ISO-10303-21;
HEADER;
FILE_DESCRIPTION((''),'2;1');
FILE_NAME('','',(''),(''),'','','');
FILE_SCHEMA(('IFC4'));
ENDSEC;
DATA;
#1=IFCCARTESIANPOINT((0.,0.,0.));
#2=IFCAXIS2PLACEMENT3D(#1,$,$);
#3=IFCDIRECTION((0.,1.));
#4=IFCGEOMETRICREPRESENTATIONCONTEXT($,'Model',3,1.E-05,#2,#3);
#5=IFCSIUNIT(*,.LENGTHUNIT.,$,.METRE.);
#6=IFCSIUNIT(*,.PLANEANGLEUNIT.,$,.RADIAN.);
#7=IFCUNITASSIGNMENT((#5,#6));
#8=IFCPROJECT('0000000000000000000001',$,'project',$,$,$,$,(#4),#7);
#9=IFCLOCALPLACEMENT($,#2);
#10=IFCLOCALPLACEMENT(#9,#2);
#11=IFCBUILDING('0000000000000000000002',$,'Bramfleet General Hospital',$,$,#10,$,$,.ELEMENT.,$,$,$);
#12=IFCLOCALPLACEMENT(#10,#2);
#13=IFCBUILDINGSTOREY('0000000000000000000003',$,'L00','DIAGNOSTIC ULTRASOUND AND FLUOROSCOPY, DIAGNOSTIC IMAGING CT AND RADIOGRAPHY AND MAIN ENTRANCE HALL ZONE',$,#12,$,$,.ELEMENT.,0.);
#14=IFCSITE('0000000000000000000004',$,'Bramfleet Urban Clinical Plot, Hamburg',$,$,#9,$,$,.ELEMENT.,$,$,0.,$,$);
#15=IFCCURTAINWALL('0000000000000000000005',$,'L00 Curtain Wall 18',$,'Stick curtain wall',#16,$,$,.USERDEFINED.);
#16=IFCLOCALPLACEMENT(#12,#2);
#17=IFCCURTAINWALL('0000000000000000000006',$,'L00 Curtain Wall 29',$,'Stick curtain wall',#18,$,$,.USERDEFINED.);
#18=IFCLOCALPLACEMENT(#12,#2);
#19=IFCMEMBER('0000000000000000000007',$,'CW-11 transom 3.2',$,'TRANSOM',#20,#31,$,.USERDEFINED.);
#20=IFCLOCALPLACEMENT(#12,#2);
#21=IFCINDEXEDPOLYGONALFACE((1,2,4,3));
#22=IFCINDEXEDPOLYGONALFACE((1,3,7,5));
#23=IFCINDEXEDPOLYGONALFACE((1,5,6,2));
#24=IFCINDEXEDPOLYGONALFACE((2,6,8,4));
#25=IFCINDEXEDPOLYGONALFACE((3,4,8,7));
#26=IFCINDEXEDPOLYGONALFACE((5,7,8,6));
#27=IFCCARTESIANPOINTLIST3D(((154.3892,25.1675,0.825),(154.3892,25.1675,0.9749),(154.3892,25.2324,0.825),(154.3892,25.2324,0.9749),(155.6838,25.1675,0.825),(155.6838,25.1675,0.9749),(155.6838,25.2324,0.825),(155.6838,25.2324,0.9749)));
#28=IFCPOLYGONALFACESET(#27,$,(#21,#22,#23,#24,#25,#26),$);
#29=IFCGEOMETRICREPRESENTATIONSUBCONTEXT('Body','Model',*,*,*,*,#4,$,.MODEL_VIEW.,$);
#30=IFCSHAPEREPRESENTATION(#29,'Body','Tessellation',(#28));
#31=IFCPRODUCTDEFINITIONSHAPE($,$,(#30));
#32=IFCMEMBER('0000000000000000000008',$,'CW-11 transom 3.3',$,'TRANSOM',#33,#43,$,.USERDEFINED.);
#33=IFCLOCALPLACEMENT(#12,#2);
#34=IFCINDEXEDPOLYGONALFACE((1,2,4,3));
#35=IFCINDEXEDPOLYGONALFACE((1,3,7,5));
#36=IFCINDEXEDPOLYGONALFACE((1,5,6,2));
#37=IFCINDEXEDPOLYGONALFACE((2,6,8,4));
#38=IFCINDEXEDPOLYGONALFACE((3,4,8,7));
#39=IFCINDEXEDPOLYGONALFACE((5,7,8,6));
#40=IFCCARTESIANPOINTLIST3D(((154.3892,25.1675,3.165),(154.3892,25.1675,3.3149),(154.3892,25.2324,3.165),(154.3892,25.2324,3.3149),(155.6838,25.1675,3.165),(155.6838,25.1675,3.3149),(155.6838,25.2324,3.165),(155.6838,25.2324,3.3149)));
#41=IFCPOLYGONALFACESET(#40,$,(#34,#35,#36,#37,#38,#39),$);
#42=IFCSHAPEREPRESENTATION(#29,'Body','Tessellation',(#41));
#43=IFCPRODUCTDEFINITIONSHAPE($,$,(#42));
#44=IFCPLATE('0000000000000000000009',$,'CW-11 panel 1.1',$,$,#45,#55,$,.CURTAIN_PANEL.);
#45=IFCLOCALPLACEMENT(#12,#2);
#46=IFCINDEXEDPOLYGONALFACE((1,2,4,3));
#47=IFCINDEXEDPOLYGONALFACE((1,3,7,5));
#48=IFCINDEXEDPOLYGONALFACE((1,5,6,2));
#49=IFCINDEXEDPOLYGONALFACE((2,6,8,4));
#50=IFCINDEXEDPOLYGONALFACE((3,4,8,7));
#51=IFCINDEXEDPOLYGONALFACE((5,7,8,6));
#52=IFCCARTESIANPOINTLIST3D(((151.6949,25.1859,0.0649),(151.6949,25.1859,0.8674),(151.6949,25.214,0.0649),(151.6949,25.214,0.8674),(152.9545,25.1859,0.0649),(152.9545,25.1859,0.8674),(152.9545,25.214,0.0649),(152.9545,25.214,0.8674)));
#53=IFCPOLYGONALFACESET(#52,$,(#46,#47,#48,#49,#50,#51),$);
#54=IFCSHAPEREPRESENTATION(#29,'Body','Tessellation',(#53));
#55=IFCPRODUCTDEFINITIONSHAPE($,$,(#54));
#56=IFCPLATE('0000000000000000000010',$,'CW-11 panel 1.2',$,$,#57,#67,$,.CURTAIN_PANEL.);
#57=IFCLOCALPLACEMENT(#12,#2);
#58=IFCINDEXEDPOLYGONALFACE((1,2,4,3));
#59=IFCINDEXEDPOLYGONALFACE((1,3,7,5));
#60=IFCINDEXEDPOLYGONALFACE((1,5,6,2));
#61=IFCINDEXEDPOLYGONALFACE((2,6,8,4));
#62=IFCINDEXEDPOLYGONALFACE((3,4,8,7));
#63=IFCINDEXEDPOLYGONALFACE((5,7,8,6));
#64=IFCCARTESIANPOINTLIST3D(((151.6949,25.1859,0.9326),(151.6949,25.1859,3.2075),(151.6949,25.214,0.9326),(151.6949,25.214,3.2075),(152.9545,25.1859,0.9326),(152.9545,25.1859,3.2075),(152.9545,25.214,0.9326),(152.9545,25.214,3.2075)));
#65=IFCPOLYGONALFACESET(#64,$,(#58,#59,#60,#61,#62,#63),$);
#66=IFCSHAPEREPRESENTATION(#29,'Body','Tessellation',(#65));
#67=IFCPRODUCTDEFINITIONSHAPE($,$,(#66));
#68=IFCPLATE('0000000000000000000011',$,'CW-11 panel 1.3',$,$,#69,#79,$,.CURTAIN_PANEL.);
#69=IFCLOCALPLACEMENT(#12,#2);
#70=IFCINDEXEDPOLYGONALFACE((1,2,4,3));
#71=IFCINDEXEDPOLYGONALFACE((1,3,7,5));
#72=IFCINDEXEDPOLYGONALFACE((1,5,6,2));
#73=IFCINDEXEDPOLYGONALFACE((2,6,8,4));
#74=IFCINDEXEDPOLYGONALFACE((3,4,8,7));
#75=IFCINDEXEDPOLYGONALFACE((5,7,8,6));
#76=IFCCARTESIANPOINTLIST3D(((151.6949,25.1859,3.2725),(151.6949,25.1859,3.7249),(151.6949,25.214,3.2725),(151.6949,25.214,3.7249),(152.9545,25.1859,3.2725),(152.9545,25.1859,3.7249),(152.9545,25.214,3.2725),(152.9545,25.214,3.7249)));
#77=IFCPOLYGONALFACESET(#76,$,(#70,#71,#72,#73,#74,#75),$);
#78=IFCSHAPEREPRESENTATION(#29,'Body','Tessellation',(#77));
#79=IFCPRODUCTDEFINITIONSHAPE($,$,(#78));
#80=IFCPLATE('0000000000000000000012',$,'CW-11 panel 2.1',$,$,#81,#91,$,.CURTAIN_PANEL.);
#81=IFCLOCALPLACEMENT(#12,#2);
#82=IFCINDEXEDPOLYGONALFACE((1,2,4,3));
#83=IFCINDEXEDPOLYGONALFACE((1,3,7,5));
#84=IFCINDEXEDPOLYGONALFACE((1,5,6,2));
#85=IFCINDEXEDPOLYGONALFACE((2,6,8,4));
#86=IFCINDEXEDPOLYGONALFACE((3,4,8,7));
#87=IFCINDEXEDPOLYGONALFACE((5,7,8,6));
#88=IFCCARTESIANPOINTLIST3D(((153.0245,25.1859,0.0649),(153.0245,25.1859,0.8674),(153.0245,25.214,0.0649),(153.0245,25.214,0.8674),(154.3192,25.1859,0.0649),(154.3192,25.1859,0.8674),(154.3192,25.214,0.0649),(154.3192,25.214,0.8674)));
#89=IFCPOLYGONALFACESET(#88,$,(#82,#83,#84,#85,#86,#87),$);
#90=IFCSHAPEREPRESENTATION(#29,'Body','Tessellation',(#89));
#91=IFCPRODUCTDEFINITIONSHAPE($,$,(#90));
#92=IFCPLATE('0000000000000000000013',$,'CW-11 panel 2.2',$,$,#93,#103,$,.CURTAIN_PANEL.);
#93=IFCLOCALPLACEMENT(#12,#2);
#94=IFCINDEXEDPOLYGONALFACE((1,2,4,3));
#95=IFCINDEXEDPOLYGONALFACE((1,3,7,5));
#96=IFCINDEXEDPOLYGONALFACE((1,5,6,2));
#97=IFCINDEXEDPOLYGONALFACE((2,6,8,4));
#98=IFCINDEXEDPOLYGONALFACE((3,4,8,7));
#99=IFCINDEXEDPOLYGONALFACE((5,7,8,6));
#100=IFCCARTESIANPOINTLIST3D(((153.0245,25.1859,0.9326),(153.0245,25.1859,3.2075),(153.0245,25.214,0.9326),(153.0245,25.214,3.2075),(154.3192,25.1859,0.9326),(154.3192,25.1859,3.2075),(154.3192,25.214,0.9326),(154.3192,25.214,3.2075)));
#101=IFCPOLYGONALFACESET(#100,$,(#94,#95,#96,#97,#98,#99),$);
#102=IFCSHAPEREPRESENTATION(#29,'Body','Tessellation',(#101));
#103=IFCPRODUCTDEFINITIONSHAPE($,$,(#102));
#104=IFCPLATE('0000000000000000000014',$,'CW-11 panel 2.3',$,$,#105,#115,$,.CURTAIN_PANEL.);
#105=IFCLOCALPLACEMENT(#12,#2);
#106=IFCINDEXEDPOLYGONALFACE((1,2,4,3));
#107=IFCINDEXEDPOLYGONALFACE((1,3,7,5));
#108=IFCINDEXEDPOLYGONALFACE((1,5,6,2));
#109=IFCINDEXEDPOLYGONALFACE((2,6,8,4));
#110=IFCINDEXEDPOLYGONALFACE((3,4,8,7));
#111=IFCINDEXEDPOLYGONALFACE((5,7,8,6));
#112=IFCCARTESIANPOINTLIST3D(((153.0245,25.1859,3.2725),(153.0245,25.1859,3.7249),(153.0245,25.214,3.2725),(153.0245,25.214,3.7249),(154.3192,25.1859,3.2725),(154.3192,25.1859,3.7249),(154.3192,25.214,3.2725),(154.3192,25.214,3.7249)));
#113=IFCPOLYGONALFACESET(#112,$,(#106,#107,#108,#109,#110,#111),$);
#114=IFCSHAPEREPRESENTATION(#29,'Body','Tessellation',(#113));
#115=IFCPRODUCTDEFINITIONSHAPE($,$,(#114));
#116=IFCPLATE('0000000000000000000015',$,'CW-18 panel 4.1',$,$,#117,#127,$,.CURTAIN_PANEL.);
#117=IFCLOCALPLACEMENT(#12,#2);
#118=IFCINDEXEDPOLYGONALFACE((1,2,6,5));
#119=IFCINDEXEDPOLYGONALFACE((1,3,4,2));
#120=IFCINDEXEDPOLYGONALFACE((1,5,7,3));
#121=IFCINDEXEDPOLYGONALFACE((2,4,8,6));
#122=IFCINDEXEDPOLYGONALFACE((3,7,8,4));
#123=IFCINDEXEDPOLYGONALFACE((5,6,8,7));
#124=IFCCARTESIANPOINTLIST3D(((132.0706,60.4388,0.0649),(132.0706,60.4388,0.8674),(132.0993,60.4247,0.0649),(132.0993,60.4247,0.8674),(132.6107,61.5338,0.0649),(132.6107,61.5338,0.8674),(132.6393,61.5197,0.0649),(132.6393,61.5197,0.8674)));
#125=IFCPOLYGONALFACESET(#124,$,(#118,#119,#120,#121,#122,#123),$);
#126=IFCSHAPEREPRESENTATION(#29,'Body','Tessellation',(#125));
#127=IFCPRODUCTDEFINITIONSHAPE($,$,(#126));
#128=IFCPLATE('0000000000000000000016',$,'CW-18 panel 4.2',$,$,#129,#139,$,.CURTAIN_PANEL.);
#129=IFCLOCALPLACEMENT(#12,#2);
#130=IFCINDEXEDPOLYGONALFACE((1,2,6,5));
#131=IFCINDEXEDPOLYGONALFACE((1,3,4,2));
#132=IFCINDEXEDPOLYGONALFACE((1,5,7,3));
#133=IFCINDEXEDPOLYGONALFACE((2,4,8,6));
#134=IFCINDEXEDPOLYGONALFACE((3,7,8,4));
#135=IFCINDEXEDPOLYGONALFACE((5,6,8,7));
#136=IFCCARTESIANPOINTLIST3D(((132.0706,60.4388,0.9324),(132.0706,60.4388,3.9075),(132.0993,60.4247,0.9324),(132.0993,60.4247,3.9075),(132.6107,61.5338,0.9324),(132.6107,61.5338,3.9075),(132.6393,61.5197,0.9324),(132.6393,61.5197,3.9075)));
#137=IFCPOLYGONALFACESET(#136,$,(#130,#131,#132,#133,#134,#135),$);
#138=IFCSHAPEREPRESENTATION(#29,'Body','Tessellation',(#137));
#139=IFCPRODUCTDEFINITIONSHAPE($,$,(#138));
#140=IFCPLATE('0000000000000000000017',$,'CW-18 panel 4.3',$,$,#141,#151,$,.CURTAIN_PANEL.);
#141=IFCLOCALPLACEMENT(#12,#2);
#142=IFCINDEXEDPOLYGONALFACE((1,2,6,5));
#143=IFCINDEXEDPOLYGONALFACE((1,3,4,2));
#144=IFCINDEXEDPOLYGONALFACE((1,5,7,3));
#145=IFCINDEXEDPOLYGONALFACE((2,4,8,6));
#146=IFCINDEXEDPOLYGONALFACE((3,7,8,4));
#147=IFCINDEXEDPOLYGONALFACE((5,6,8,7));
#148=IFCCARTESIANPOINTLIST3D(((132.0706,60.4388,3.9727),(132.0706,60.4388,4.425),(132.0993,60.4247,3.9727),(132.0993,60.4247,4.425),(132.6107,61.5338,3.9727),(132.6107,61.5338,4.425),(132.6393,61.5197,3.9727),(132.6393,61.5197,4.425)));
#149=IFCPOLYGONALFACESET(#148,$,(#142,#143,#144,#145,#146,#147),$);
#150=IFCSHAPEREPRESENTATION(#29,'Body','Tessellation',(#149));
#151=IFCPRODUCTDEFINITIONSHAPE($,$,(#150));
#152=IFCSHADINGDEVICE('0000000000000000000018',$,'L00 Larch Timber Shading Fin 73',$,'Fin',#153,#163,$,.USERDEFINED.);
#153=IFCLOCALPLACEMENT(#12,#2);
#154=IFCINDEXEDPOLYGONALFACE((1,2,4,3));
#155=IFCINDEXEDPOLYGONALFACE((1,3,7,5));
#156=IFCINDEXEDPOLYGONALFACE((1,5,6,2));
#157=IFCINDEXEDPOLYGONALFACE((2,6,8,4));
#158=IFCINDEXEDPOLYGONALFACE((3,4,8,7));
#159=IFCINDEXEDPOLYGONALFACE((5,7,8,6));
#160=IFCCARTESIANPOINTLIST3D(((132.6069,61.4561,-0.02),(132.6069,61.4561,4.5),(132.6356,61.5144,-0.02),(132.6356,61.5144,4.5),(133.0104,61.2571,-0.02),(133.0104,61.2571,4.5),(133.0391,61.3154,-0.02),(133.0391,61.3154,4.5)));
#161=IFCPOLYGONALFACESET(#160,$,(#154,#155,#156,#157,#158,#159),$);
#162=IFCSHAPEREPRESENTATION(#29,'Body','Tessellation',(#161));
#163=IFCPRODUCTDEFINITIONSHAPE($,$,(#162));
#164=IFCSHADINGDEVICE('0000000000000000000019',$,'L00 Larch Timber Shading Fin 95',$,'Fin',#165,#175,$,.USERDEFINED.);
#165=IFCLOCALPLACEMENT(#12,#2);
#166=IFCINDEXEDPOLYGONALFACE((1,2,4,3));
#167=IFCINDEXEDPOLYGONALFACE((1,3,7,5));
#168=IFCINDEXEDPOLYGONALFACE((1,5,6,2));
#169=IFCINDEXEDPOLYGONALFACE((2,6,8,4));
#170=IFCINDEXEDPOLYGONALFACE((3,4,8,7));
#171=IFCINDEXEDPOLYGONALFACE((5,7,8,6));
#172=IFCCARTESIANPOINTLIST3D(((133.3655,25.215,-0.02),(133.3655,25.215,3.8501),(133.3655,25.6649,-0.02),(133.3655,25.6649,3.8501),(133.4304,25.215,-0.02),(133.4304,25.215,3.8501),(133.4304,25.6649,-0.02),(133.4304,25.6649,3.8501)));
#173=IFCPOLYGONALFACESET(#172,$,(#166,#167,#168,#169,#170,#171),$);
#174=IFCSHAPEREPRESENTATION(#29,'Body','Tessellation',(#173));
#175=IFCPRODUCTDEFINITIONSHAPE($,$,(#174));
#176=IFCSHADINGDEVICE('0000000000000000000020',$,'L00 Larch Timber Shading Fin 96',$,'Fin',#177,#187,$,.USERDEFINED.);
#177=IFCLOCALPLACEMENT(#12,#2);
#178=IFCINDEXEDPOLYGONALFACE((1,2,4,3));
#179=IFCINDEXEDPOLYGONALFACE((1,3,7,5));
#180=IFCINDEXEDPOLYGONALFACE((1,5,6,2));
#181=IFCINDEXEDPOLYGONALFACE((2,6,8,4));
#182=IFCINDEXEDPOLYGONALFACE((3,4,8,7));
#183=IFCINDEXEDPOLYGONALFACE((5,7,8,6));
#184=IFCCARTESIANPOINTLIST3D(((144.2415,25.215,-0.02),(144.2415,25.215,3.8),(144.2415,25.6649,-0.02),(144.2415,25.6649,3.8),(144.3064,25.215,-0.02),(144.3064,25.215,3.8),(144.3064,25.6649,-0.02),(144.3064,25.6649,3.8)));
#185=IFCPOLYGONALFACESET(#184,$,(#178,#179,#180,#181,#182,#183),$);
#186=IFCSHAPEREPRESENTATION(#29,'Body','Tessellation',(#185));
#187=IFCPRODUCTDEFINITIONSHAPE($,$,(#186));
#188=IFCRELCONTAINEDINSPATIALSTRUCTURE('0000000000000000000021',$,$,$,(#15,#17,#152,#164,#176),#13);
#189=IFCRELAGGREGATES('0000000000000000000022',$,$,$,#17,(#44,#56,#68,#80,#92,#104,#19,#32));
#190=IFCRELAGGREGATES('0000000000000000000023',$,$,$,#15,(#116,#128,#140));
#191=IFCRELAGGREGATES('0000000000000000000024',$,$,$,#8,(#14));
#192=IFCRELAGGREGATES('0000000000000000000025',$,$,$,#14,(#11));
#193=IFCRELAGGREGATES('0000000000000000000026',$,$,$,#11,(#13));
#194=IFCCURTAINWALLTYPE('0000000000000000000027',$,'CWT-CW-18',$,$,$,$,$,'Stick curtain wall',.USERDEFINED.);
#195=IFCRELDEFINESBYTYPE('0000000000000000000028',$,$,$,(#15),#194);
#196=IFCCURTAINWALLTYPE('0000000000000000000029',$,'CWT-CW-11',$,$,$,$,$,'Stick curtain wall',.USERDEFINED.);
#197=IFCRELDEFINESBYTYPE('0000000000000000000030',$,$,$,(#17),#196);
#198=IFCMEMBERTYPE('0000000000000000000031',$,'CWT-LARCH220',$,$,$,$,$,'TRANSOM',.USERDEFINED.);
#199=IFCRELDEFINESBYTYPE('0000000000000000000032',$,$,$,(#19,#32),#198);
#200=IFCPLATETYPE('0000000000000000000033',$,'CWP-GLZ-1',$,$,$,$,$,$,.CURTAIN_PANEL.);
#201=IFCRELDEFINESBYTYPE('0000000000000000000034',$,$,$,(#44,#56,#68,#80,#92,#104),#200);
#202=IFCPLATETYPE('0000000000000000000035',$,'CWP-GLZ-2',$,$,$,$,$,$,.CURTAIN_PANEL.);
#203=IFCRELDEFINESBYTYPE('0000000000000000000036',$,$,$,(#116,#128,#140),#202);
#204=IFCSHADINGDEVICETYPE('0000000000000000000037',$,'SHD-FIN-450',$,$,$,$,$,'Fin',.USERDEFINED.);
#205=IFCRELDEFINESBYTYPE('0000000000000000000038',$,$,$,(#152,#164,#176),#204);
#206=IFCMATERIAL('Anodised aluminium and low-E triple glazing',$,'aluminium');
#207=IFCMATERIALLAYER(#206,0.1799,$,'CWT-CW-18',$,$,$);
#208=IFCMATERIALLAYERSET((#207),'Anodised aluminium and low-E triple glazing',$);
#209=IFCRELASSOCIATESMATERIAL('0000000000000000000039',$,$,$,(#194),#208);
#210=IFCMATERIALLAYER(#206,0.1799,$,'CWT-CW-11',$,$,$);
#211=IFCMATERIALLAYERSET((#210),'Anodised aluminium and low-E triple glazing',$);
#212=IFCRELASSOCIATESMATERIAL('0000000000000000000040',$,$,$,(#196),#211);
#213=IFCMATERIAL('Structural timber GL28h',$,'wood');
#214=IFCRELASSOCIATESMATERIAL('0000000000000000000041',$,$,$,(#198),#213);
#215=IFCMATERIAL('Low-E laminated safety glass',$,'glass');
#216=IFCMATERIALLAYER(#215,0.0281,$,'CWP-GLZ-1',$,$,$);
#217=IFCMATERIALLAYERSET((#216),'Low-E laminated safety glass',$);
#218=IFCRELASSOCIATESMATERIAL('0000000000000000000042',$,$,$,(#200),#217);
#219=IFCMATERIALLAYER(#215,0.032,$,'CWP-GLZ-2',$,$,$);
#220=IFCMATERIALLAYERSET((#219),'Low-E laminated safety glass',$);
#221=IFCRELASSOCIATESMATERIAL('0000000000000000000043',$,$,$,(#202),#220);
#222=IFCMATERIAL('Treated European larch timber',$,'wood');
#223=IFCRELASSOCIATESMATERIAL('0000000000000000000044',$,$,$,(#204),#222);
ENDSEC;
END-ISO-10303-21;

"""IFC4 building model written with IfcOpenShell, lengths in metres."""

from ifc_helpers import new_model, si_unit, direction, frame, origin, origin_2d, place, context, subcontext, project, spatial, rectangle, extrude, material, layer, layer_set, material_profile, profile_set, type_object, element, aggregate, save


model = new_model("IFC4")

# Units and contexts
model_context = context("Model", 3, precision=1e-05, world=origin(), true_north=direction((0.0, 1.0)))
body_context = subcontext(model_context, "Body", "Model", "MODEL_VIEW")
ifc_project = project(units=[si_unit("LENGTHUNIT", "METRE"), si_unit("PLANEANGLEUNIT", "RADIAN")], contexts=[model_context])

# Site, building, storey
site_placement = place(None, origin())
site = spatial("IfcSite", under=ifc_project, at=site_placement, Name="Bramfleet Urban Clinical Plot, Hamburg", CompositionType="ELEMENT", RefElevation=0.0)
building_placement = place(site_placement, origin())
building = spatial("IfcBuilding", under=site, at=building_placement, Name="Bramfleet General Hospital", CompositionType="ELEMENT")
storey_placement = place(building_placement, origin())
storey = spatial("IfcBuildingStorey", under=building, at=storey_placement, Name="L00", Description="DIAGNOSTIC ULTRASOUND AND FLUOROSCOPY, DIAGNOSTIC IMAGING CT AND RADIOGRAPHY AND MAIN ENTRANCE HALL ZONE", CompositionType="ELEMENT", Elevation=0.0)

# Curtain wall
ifc_material_1 = material(Name="Anodised aluminium and low-E triple glazing", Category="aluminium")
ifc_layer_1 = layer(ifc_material_1, 0.1799, Name="CWT-CW-18")
ifc_layer_set_1 = layer_set([ifc_layer_1], Name="Anodised aluminium and low-E triple glazing")
curtain_wall_type_1 = type_object("IfcCurtainWallType", Name="CWT-CW-18", ElementType="Stick curtain wall", PredefinedType="USERDEFINED", material=ifc_layer_set_1)
curtain_wall_1_placement = place(storey_placement, origin())
curtain_wall_1 = element("IfcCurtainWall", 1, at=curtain_wall_1_placement, inside=storey, type_object=curtain_wall_type_1, Name="L00 Curtain Wall 18", ObjectType="Stick curtain wall", PredefinedType="USERDEFINED")
ifc_material_2 = material(Name="Structural timber GL28h", Category="wood")

# Curtain wall
ifc_layer_2 = layer(ifc_material_1, 0.1799, Name="CWT-CW-11")
ifc_layer_set_2 = layer_set([ifc_layer_2], Name="Anodised aluminium and low-E triple glazing")
curtain_wall_type_2 = type_object("IfcCurtainWallType", Name="CWT-CW-11", ElementType="Stick curtain wall", PredefinedType="USERDEFINED", material=ifc_layer_set_2)
curtain_wall_2_placement = place(storey_placement, origin())
curtain_wall_2 = element("IfcCurtainWall", 2, at=curtain_wall_2_placement, inside=storey, type_object=curtain_wall_type_2, Name="L00 Curtain Wall 29", ObjectType="Stick curtain wall", PredefinedType="USERDEFINED")

# Members
ifc_material_profile_1 = material_profile(ifc_material_2, rectangle(XDim=0.0649, YDim=0.1499, at=origin_2d()), Name="LARCH 150x65")
ifc_profile_set_1 = profile_set([ifc_material_profile_1], Name="Structural timber GL28h")
member_type_1 = type_object("IfcMemberType", Name="CWT-LARCH220", ElementType="TRANSOM", PredefinedType="USERDEFINED", material=ifc_profile_set_1)
member_1_placement = place(storey_placement, frame((154.3892, 25.2, 0.8999), z_axis=(1.0, 0.0, 0.0), x_axis=(0.0, 1.0, 0.0)))
member_1 = element("IfcMember", 3, at=member_1_placement, type_object=member_type_1, Name="CW-11 transom 3.2", ObjectType="TRANSOM", PredefinedType="USERDEFINED", context=body_context, shape_type="SweptSolid", body=[
    extrude(rectangle(XDim=0.0649, YDim=0.1499, at=origin_2d()), origin(), (0.0, 0.0, 1.0), 1.2947),
])
member_2_placement = place(storey_placement, frame((154.3892, 25.2, 3.24), z_axis=(1.0, 0.0, 0.0), x_axis=(0.0, 1.0, 0.0)))
member_2 = element("IfcMember", 4, at=member_2_placement, type_object=member_type_1, Name="CW-11 transom 3.3", ObjectType="TRANSOM", PredefinedType="USERDEFINED", context=body_context, shape_type="SweptSolid", body=[
    extrude(rectangle(XDim=0.0649, YDim=0.1499, at=origin_2d()), origin(), (0.0, 0.0, 1.0), 1.2947),
])

# Plates
ifc_material_3 = material(Name="Low-E laminated safety glass", Category="glass")
ifc_layer_3 = layer(ifc_material_3, 0.0281, Name="CWP-GLZ-1")
ifc_layer_set_3 = layer_set([ifc_layer_3], Name="Low-E laminated safety glass")
plate_type_1 = type_object("IfcPlateType", Name="CWP-GLZ-1", PredefinedType="CURTAIN_PANEL", material=ifc_layer_set_3)
plate_1_placement = place(storey_placement, frame((152.3247, 25.2, 0.0649), z_axis=(0.0, 0.0, 1.0), x_axis=(1.0, 0.0, 0.0)))
plate_1 = element("IfcPlate", 5, at=plate_1_placement, type_object=plate_type_1, Name="CW-11 panel 1.1", PredefinedType="CURTAIN_PANEL", context=body_context, shape_type="SweptSolid", body=[
    extrude(rectangle(XDim=1.2595, YDim=0.0281, at=origin_2d()), origin(), (0.0, 0.0, 1.0), 0.8025),
])
plate_2_placement = place(storey_placement, frame((152.3247, 25.2, 0.9326), z_axis=(0.0, 0.0, 1.0), x_axis=(1.0, 0.0, 0.0)))
plate_2 = element("IfcPlate", 6, at=plate_2_placement, type_object=plate_type_1, Name="CW-11 panel 1.2", PredefinedType="CURTAIN_PANEL", context=body_context, shape_type="SweptSolid", body=[
    extrude(rectangle(XDim=1.2595, YDim=0.0281, at=origin_2d()), origin(), (0.0, 0.0, 1.0), 2.2749),
])
plate_3_placement = place(storey_placement, frame((152.3247, 25.2, 3.2725), z_axis=(0.0, 0.0, 1.0), x_axis=(1.0, 0.0, 0.0)))
plate_3 = element("IfcPlate", 7, at=plate_3_placement, type_object=plate_type_1, Name="CW-11 panel 1.3", PredefinedType="CURTAIN_PANEL", context=body_context, shape_type="SweptSolid", body=[
    extrude(rectangle(XDim=1.2595, YDim=0.0281, at=origin_2d()), origin(), (0.0, 0.0, 1.0), 0.4524),
])
plate_4_placement = place(storey_placement, frame((153.6719, 25.2, 0.0649), z_axis=(0.0, 0.0, 1.0), x_axis=(1.0, 0.0, 0.0)))
plate_4 = element("IfcPlate", 8, at=plate_4_placement, type_object=plate_type_1, Name="CW-11 panel 2.1", PredefinedType="CURTAIN_PANEL", context=body_context, shape_type="SweptSolid", body=[
    extrude(rectangle(XDim=1.2947, YDim=0.0281, at=origin_2d()), origin(), (0.0, 0.0, 1.0), 0.8025),
])
plate_5_placement = place(storey_placement, frame((153.6719, 25.2, 0.9326), z_axis=(0.0, 0.0, 1.0), x_axis=(1.0, 0.0, 0.0)))
plate_5 = element("IfcPlate", 9, at=plate_5_placement, type_object=plate_type_1, Name="CW-11 panel 2.2", PredefinedType="CURTAIN_PANEL", context=body_context, shape_type="SweptSolid", body=[
    extrude(rectangle(XDim=1.2947, YDim=0.0281, at=origin_2d()), origin(), (0.0, 0.0, 1.0), 2.2749),
])
plate_6_placement = place(storey_placement, frame((153.6719, 25.2, 3.2725), z_axis=(0.0, 0.0, 1.0), x_axis=(1.0, 0.0, 0.0)))
plate_6 = element("IfcPlate", 10, at=plate_6_placement, type_object=plate_type_1, Name="CW-11 panel 2.3", PredefinedType="CURTAIN_PANEL", context=body_context, shape_type="SweptSolid", body=[
    extrude(rectangle(XDim=1.2947, YDim=0.0281, at=origin_2d()), origin(), (0.0, 0.0, 1.0), 0.4524),
])
aggregate(curtain_wall_2, [plate_1, plate_2, plate_3, plate_4, plate_5, plate_6, member_1, member_2])
ifc_layer_4 = layer(ifc_material_3, 0.032, Name="CWP-GLZ-2")
ifc_layer_set_4 = layer_set([ifc_layer_4], Name="Low-E laminated safety glass")
plate_type_2 = type_object("IfcPlateType", Name="CWP-GLZ-2", PredefinedType="CURTAIN_PANEL", material=ifc_layer_set_4)
plate_7_placement = place(storey_placement, frame((132.355, 60.9792, 0.0649), z_axis=(0.0, 0.0, 1.0), x_axis=(-0.442305, -0.896865, 0.0)))
plate_7 = element("IfcPlate", 11, at=plate_7_placement, type_object=plate_type_2, Name="CW-18 panel 4.1", PredefinedType="CURTAIN_PANEL", context=body_context, shape_type="SweptSolid", body=[
    extrude(rectangle(XDim=1.2209, YDim=0.032, at=origin_2d()), origin(), (0.0, 0.0, 1.0), 0.8025),
])
plate_8_placement = place(storey_placement, frame((132.355, 60.9792, 0.9324), z_axis=(0.0, 0.0, 1.0), x_axis=(-0.442305, -0.896865, 0.0)))
plate_8 = element("IfcPlate", 12, at=plate_8_placement, type_object=plate_type_2, Name="CW-18 panel 4.2", PredefinedType="CURTAIN_PANEL", context=body_context, shape_type="SweptSolid", body=[
    extrude(rectangle(XDim=1.2209, YDim=0.032, at=origin_2d()), origin(), (0.0, 0.0, 1.0), 2.9751),
])
plate_9_placement = place(storey_placement, frame((132.355, 60.9792, 3.9727), z_axis=(0.0, 0.0, 1.0), x_axis=(-0.442305, -0.896865, 0.0)))
plate_9 = element("IfcPlate", 13, at=plate_9_placement, type_object=plate_type_2, Name="CW-18 panel 4.3", PredefinedType="CURTAIN_PANEL", context=body_context, shape_type="SweptSolid", body=[
    extrude(rectangle(XDim=1.2209, YDim=0.032, at=origin_2d()), origin(), (0.0, 0.0, 1.0), 0.4524),
])
aggregate(curtain_wall_1, [plate_7, plate_8, plate_9])

# Shading devices
ifc_material_4 = material(Name="Treated European larch timber", Category="wood")
ifc_material_profile_2 = material_profile(ifc_material_4, rectangle(XDim=0.0649, YDim=0.45, at=origin_2d()), Name="LARCH FIN 450x65")
ifc_profile_set_2 = profile_set([ifc_material_profile_2], Name="Treated European larch timber")
shading_device_type = type_object("IfcShadingDeviceType", Name="SHD-FIN-450", ElementType="Fin", PredefinedType="USERDEFINED", material=ifc_profile_set_2)
shading_device_1_placement = place(storey_placement, frame((132.823, 61.3857, -0.02), z_axis=(0.0, 0.0, 1.0), x_axis=(-0.442305, -0.896865, 0.0)))
element("IfcShadingDevice", 14, at=shading_device_1_placement, inside=storey, type_object=shading_device_type, Name="L00 Larch Timber Shading Fin 73", ObjectType="Fin", PredefinedType="USERDEFINED", context=body_context, shape_type="SweptSolid", body=[
    extrude(rectangle(XDim=0.0649, YDim=0.45, at=origin_2d()), origin(), (0.0, 0.0, 1.0), 4.52),
])
shading_device_2_placement = place(storey_placement, frame((133.3979, 25.4399, -0.02), z_axis=(0.0, 0.0, 1.0), x_axis=(1.0, 0.0, 0.0)))
element("IfcShadingDevice", 15, at=shading_device_2_placement, inside=storey, type_object=shading_device_type, Name="L00 Larch Timber Shading Fin 95", ObjectType="Fin", PredefinedType="USERDEFINED", context=body_context, shape_type="SweptSolid", body=[
    extrude(rectangle(XDim=0.0649, YDim=0.45, at=origin_2d()), origin(), (0.0, 0.0, 1.0), 3.8701),
])
for number, where, z_axis, x_axis, name in (
    (16, (144.2739, 25.4399, -0.02), (0.0, 0.0, 1.0), (1.0, 0.0, 0.0), "L00 Larch Timber Shading Fin 96"),
):
    element("IfcShadingDevice", number, at=place(storey_placement, frame(where, z_axis=z_axis, x_axis=x_axis)), inside=storey, type_object=shading_device_type, Name=name, ObjectType="Fin", PredefinedType="USERDEFINED", context=body_context, shape_type="SweptSolid", body=[
        extrude(rectangle(XDim=0.0649, YDim=0.45, at=origin_2d()), origin(), (0.0, 0.0, 1.0), 3.8201),
    ])

save(model, "model.ifc")
